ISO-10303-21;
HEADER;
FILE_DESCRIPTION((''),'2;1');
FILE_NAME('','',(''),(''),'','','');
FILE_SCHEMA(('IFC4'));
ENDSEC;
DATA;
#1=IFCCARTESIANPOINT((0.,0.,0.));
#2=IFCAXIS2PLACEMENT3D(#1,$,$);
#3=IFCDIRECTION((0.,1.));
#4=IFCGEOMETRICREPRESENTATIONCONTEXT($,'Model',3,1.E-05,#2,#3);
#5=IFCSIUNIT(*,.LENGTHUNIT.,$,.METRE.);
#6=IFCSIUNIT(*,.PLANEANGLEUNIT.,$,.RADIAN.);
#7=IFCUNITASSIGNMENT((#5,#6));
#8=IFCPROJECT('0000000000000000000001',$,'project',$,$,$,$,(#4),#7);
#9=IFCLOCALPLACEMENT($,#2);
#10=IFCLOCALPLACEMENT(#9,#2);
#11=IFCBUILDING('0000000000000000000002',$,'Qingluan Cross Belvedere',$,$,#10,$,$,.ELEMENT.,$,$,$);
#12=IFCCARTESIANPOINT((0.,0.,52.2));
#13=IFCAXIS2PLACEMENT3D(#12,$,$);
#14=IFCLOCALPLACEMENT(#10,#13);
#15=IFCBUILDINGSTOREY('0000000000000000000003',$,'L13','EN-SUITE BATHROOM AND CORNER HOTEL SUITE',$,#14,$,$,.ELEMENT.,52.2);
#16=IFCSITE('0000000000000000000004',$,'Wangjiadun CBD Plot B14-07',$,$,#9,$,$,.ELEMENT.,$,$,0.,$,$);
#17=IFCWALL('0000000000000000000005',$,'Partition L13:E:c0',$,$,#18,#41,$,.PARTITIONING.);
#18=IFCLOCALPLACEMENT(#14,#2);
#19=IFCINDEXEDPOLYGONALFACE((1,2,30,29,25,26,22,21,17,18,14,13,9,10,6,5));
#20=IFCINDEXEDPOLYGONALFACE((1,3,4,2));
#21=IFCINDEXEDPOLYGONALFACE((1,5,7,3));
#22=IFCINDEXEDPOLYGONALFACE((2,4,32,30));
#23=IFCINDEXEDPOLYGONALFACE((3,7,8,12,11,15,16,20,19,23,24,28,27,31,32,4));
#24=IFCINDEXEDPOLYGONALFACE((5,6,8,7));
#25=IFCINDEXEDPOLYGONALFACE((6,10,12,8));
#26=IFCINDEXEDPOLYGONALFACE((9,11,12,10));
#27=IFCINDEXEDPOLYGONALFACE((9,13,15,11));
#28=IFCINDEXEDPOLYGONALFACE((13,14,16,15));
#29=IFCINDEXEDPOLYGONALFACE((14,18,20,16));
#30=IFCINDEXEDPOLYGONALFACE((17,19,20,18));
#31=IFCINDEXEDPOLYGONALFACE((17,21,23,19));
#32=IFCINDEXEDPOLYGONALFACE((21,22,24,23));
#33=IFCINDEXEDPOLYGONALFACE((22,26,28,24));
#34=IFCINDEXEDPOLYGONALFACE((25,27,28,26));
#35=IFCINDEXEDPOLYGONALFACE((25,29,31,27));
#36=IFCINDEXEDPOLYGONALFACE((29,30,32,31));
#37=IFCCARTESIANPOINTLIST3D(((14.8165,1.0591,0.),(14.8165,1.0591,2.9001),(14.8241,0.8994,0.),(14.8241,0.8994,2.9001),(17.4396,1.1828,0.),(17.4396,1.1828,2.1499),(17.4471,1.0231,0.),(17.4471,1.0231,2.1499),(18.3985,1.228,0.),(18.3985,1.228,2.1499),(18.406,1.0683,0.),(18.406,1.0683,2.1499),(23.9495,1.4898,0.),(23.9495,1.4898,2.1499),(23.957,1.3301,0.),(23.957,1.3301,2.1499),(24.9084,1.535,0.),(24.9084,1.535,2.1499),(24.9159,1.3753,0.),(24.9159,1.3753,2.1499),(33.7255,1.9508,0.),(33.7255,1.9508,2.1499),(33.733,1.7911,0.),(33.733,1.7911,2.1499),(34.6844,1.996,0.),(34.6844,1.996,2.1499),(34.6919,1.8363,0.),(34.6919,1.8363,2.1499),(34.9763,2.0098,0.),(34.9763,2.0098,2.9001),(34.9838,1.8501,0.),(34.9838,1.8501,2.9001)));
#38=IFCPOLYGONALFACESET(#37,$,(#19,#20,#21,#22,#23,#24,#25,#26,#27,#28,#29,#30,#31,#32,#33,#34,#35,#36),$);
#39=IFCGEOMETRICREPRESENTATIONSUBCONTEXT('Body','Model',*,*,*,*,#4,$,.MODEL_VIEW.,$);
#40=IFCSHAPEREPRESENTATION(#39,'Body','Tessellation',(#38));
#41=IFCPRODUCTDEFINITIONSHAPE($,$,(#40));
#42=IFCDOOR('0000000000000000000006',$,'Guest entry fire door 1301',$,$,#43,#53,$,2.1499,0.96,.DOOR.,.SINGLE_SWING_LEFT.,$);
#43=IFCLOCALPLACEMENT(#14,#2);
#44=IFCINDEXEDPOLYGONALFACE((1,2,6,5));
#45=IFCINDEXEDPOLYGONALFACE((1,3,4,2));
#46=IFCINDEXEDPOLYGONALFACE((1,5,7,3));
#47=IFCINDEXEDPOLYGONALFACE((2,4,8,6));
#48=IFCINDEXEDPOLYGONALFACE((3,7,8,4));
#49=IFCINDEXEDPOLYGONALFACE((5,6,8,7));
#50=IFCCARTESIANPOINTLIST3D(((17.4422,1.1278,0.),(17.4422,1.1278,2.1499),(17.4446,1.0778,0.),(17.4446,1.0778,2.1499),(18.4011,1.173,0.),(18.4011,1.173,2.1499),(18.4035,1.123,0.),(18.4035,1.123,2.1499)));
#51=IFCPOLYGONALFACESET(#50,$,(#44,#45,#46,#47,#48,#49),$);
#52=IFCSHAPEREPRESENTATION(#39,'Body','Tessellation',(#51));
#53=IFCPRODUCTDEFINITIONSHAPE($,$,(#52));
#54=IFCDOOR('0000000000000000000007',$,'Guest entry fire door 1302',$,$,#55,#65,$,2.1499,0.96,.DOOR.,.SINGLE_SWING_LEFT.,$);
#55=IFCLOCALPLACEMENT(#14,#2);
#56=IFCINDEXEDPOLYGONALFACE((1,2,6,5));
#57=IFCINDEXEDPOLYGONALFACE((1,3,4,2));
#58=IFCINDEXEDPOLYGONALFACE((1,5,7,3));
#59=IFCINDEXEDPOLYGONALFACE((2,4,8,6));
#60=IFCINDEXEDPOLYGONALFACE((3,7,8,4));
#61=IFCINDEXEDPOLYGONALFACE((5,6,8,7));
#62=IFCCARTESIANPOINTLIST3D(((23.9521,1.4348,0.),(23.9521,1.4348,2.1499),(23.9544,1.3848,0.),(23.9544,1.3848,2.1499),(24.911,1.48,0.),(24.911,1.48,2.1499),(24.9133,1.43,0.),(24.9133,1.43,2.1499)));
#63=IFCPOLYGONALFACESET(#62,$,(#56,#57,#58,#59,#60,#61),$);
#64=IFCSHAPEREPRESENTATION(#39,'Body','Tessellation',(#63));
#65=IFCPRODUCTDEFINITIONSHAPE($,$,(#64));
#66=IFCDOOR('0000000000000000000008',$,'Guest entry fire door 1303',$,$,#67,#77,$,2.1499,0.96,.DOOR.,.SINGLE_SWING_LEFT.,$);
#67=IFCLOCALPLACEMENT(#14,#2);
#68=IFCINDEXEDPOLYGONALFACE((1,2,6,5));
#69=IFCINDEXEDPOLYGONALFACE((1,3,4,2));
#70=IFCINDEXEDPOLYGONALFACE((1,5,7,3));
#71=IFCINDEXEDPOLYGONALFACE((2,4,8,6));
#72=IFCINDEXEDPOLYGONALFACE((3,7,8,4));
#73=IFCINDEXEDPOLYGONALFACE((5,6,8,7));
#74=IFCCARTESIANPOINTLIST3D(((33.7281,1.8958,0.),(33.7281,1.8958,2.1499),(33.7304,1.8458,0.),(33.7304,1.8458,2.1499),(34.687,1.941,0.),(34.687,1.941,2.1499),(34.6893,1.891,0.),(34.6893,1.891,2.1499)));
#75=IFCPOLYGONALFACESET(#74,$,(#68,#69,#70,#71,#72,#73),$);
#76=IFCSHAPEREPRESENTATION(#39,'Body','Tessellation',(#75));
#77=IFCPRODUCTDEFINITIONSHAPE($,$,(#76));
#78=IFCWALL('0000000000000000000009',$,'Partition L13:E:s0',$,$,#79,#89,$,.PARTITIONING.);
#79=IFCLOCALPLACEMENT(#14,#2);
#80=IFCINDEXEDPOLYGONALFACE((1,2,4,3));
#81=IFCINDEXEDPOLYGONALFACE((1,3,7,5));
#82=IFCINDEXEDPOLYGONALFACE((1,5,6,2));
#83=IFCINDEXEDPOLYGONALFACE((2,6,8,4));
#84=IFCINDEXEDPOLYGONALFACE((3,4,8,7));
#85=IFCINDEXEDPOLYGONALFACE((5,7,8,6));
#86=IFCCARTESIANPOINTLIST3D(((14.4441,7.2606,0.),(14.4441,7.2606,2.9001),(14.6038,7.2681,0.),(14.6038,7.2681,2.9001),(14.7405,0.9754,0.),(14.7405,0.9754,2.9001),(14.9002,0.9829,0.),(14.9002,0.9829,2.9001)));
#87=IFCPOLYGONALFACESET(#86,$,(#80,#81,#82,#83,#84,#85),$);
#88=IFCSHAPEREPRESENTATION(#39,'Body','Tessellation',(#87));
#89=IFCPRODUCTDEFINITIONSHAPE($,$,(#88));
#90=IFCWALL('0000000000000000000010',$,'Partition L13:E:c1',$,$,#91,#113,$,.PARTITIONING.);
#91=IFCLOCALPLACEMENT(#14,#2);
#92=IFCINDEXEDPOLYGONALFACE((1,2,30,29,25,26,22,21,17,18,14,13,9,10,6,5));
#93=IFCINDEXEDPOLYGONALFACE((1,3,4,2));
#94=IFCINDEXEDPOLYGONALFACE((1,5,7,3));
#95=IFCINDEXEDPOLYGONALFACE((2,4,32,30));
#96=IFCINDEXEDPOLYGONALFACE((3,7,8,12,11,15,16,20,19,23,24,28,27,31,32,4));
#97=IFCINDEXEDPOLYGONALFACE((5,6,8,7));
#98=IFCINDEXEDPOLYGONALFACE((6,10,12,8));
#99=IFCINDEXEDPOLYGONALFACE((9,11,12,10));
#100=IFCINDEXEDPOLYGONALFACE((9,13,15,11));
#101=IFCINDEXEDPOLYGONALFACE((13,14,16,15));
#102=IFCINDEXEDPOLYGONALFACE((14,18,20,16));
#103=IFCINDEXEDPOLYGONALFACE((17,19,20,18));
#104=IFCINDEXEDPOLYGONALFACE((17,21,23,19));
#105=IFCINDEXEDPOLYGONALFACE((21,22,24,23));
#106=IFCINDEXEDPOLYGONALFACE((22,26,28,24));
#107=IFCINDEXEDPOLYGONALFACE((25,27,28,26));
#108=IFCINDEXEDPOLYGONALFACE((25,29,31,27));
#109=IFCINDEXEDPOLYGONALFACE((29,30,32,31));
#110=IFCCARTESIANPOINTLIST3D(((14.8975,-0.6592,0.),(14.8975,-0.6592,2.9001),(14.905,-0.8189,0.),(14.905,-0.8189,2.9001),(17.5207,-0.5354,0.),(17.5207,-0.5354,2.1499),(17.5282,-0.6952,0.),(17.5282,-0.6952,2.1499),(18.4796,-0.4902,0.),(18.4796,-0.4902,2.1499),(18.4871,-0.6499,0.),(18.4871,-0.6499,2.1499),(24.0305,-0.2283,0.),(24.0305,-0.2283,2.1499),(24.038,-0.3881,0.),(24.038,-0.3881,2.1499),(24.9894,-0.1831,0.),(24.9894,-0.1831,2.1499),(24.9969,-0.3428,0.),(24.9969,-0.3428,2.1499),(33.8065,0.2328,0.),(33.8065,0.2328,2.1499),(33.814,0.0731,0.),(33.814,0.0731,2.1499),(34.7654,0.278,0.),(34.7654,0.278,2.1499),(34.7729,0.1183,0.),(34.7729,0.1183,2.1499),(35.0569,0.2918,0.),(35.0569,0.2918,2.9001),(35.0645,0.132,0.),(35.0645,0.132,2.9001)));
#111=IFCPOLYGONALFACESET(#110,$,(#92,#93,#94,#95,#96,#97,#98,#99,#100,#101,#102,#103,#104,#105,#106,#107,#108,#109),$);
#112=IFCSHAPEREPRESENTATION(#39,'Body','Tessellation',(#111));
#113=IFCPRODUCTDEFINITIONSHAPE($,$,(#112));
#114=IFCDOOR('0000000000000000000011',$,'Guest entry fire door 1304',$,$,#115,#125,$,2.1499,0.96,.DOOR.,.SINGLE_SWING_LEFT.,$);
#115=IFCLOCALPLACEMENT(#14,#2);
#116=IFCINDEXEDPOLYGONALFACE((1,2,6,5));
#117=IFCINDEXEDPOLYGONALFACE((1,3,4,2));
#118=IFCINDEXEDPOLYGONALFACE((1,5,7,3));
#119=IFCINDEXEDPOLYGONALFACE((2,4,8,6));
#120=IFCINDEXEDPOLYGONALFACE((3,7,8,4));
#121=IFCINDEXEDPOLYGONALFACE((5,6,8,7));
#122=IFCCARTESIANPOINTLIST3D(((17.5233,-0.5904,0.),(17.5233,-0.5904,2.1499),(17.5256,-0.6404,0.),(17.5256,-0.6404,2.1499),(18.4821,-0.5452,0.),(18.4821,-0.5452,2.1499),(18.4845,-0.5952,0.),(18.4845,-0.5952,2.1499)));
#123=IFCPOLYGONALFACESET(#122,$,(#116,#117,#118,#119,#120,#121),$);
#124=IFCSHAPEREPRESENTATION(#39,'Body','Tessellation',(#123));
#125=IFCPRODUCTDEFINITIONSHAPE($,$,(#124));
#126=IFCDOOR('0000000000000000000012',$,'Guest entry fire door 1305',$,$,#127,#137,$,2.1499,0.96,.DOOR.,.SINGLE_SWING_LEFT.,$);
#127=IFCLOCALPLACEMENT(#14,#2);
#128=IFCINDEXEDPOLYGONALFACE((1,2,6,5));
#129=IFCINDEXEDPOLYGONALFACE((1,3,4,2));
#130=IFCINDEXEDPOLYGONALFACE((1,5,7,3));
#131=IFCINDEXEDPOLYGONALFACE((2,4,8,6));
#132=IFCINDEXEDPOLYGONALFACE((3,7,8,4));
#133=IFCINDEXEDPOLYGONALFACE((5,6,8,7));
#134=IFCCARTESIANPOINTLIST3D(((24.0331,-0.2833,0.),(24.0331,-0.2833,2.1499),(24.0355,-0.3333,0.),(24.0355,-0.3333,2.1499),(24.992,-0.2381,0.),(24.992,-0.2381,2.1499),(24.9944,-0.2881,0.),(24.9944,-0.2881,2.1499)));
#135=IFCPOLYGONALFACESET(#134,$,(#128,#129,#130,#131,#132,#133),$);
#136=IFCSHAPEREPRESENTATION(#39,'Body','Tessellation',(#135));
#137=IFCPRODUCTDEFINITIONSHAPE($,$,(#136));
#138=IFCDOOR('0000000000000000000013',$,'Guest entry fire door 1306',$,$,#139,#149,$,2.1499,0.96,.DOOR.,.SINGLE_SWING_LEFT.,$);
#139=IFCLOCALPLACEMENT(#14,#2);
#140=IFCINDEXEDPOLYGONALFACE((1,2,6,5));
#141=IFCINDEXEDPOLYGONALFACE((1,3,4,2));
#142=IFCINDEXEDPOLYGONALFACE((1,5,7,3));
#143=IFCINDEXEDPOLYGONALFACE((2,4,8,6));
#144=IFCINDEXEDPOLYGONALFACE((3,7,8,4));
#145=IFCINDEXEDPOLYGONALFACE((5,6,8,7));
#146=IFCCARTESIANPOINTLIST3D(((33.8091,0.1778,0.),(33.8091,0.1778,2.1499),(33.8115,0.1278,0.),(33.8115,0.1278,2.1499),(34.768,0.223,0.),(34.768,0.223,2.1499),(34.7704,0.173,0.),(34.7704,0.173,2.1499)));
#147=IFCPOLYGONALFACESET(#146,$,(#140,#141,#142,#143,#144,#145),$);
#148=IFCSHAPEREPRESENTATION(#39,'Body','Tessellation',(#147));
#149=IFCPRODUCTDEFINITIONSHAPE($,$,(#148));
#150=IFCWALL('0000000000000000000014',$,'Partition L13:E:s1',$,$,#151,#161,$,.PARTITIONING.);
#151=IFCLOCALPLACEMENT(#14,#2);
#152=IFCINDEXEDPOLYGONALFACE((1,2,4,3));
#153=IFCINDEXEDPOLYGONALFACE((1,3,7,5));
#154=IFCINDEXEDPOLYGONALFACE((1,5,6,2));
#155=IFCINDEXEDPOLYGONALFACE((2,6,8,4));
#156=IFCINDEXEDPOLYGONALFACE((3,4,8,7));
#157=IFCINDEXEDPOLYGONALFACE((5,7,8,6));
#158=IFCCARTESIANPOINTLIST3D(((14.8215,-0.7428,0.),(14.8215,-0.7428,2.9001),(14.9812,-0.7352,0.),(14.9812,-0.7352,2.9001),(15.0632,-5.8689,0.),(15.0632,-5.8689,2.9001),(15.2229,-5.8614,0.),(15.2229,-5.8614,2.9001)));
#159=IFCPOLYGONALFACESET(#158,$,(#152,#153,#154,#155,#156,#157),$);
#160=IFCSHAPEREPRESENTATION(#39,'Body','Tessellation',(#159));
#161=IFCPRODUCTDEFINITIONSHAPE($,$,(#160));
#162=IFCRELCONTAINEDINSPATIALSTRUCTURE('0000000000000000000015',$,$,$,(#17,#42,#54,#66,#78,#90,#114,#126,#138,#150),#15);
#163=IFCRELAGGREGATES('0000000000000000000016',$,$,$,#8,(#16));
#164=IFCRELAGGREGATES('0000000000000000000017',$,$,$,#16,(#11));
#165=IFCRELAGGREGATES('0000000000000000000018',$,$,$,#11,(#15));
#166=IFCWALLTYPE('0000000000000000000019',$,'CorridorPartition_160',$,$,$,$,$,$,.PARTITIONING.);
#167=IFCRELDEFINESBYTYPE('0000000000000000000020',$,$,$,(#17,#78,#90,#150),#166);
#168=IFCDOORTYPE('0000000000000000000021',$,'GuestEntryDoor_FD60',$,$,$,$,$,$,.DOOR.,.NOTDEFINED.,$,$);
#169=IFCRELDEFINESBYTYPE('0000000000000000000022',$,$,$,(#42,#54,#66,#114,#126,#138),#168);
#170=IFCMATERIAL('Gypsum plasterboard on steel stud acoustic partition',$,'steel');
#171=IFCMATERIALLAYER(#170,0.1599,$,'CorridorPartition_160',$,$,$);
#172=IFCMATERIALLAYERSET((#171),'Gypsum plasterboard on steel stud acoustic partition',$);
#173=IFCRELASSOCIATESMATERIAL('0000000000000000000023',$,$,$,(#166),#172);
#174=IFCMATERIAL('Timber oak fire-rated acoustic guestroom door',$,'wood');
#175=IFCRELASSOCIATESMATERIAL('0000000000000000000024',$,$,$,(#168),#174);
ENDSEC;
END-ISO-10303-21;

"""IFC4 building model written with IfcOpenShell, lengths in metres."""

from ifc_helpers import new_model, si_unit, direction, frame, frame_2d, origin, place, context, subcontext, project, spatial, rectangle, extrude, material, layer, layer_set, type_object, element, fill, save


model = new_model("IFC4")

# Units and contexts
model_context = context("Model", 3, precision=1e-05, world=origin(), true_north=direction((0.0, 1.0)))
body_context = subcontext(model_context, "Body", "Model", "MODEL_VIEW")
ifc_project = project(units=[si_unit("LENGTHUNIT", "METRE"), si_unit("PLANEANGLEUNIT", "RADIAN")], contexts=[model_context])

# Site, building, storey
site_placement = place(None, origin())
site = spatial("IfcSite", under=ifc_project, at=site_placement, Name="Wangjiadun CBD Plot B14-07", CompositionType="ELEMENT", RefElevation=0.0)
building_placement = place(site_placement, origin())
building = spatial("IfcBuilding", under=site, at=building_placement, Name="Qingluan Cross Belvedere", CompositionType="ELEMENT")
storey_placement = place(building_placement, frame((0.0, 0.0, 52.2)))
storey = spatial("IfcBuildingStorey", under=building, at=storey_placement, Name="L13", Description="EN-SUITE BATHROOM AND CORNER HOTEL SUITE", CompositionType="ELEMENT", Elevation=52.2)

# Shared definitions
ifc_material_1 = material(Name="Gypsum plasterboard on steel stud acoustic partition", Category="steel")
ifc_layer_1 = layer(ifc_material_1, 0.1599, Name="CorridorPartition_160")
ifc_layer_set_1 = layer_set([ifc_layer_1], Name="Gypsum plasterboard on steel stud acoustic partition")
wall_type_1 = type_object("IfcWallType", Name="CorridorPartition_160", PredefinedType="PARTITIONING", material=ifc_layer_set_1)

# Wall, openings, doors
wall_1_placement = place(storey_placement, frame((14.8203, 0.9792, 0.0), z_axis=(0.0, 0.0, 1.0), x_axis=(0.99889, 0.047105, 0.0)))
wall_1 = element("IfcWall", 1, at=wall_1_placement, inside=storey, type_object=wall_type_1, Name="Partition L13:E:c0", PredefinedType="PARTITIONING", context=body_context, shape_type="SweptSolid", body=[
    extrude(rectangle(XDim=20.1821, YDim=0.1599, at=frame_2d((10.0911, 0.0))), origin(), (0.0, 0.0, 1.0), 2.9001),
])
opening_1_placement = place(wall_1_placement, frame((2.626, 0.0, 0.0)))
opening_1 = element("IfcOpeningElement", 2, at=opening_1_placement, cuts=wall_1, PredefinedType="OPENING", context=body_context, shape_type="SweptSolid", body=[
    extrude(rectangle(XDim=0.96, YDim=2.1499, at=frame_2d((0.48, 1.075))), frame((0.0, 0.0898, 0.0), z_axis=(0.0, -1.0, 0.0), x_axis=(1.0, 0.0, 0.0)), (0.0, 0.0, 1.0), 0.1799),
])
opening_2_placement = place(wall_1_placement, frame((9.1431, 0.0, 0.0)))
opening_2 = element("IfcOpeningElement", 3, at=opening_2_placement, cuts=wall_1, PredefinedType="OPENING", context=body_context, shape_type="SweptSolid", body=[
    extrude(rectangle(XDim=0.96, YDim=2.1499, at=frame_2d((0.48, 1.075))), frame((0.0, 0.0898, 0.0), z_axis=(0.0, -1.0, 0.0), x_axis=(1.0, 0.0, 0.0)), (0.0, 0.0, 1.0), 0.1799),
])
opening_3_placement = place(wall_1_placement, frame((18.9299, 0.0, 0.0)))
opening_3 = element("IfcOpeningElement", 4, at=opening_3_placement, cuts=wall_1, PredefinedType="OPENING", context=body_context, shape_type="SweptSolid", body=[
    extrude(rectangle(XDim=0.96, YDim=2.1499, at=frame_2d((0.48, 1.075))), frame((0.0, 0.0898, 0.0), z_axis=(0.0, -1.0, 0.0), x_axis=(1.0, 0.0, 0.0)), (0.0, 0.0, 1.0), 0.1799),
])
ifc_material_2 = material(Name="Timber oak fire-rated acoustic guestroom door", Category="wood")
door_type_1 = type_object("IfcDoorType", Name="GuestEntryDoor_FD60", OperationType="NOTDEFINED", PredefinedType="DOOR", material=ifc_material_2)
door_1_placement = place(opening_1_placement, origin())
door_1 = element("IfcDoor", 5, at=door_1_placement, inside=storey, type_object=door_type_1, Name="Guest entry fire door 1301", OperationType="SINGLE_SWING_LEFT", OverallHeight=2.1499, OverallWidth=0.96, PredefinedType="DOOR", context=body_context, shape_type="SweptSolid", body=[
    extrude(rectangle(XDim=0.96, YDim=2.1499, at=frame_2d((0.48, 1.075))), frame((0.0, 0.0249, 0.0), z_axis=(0.0, -1.0, 0.0), x_axis=(1.0, 0.0, 0.0)), (0.0, 0.0, 1.0), 0.05),
])
fill(opening_1, door_1)
door_2_placement = place(opening_2_placement, origin())
door_2 = element("IfcDoor", 6, at=door_2_placement, inside=storey, type_object=door_type_1, Name="Guest entry fire door 1302", OperationType="SINGLE_SWING_LEFT", OverallHeight=2.1499, OverallWidth=0.96, PredefinedType="DOOR", context=body_context, shape_type="SweptSolid", body=[
    extrude(rectangle(XDim=0.96, YDim=2.1499, at=frame_2d((0.48, 1.075))), frame((0.0, 0.0249, 0.0), z_axis=(0.0, -1.0, 0.0), x_axis=(1.0, 0.0, 0.0)), (0.0, 0.0, 1.0), 0.05),
])
fill(opening_2, door_2)
door_3_placement = place(opening_3_placement, origin())
door_3 = element("IfcDoor", 7, at=door_3_placement, inside=storey, type_object=door_type_1, Name="Guest entry fire door 1303", OperationType="SINGLE_SWING_LEFT", OverallHeight=2.1499, OverallWidth=0.96, PredefinedType="DOOR", context=body_context, shape_type="SweptSolid", body=[
    extrude(rectangle(XDim=0.96, YDim=2.1499, at=frame_2d((0.48, 1.075))), frame((0.0, 0.0249, 0.0), z_axis=(0.0, -1.0, 0.0), x_axis=(1.0, 0.0, 0.0)), (0.0, 0.0, 1.0), 0.05),
])
fill(opening_3, door_3)

# Wall
wall_2_placement = place(storey_placement, frame((14.8203, 0.9792, 0.0), z_axis=(0.0, 0.0, 1.0), x_axis=(-0.047104, 0.99889, 0.0)))
element("IfcWall", 8, at=wall_2_placement, inside=storey, type_object=wall_type_1, Name="Partition L13:E:s0", PredefinedType="PARTITIONING", context=body_context, shape_type="SweptSolid", body=[
    extrude(rectangle(XDim=6.2922, YDim=0.1599, at=frame_2d((3.146, 0.0))), origin(), (0.0, 0.0, 1.0), 2.9001),
])

# Wall, openings, doors
wall_3_placement = place(storey_placement, frame((14.9014, -0.739, 0.0), z_axis=(0.0, 0.0, 1.0), x_axis=(0.998889, 0.047118, 0.0)))
wall_3 = element("IfcWall", 9, at=wall_3_placement, inside=storey, type_object=wall_type_1, Name="Partition L13:E:c1", PredefinedType="PARTITIONING", context=body_context, shape_type="SweptSolid", body=[
    extrude(rectangle(XDim=20.1819, YDim=0.1599, at=frame_2d((10.0908, 0.0))), origin(), (0.0, 0.0, 1.0), 2.9001),
])
opening_4_placement = place(wall_3_placement, frame((2.626, 0.0, 0.0)))
opening_4 = element("IfcOpeningElement", 10, at=opening_4_placement, cuts=wall_3, PredefinedType="OPENING", context=body_context, shape_type="SweptSolid", body=[
    extrude(rectangle(XDim=0.96, YDim=2.1499, at=frame_2d((0.48, 1.075))), frame((0.0, 0.0898, 0.0), z_axis=(0.0, -1.0, 0.0), x_axis=(1.0, 0.0, 0.0)), (0.0, 0.0, 1.0), 0.1799),
])
opening_5_placement = place(wall_3_placement, frame((9.1431, 0.0, 0.0)))
opening_5 = element("IfcOpeningElement", 11, at=opening_5_placement, cuts=wall_3, PredefinedType="OPENING", context=body_context, shape_type="SweptSolid", body=[
    extrude(rectangle(XDim=0.96, YDim=2.1499, at=frame_2d((0.48, 1.075))), frame((0.0, 0.0898, 0.0), z_axis=(0.0, -1.0, 0.0), x_axis=(1.0, 0.0, 0.0)), (0.0, 0.0, 1.0), 0.1799),
])
opening_6_placement = place(wall_3_placement, frame((18.9299, 0.0, 0.0)))
opening_6 = element("IfcOpeningElement", 12, at=opening_6_placement, cuts=wall_3, PredefinedType="OPENING", context=body_context, shape_type="SweptSolid", body=[
    extrude(rectangle(XDim=0.96, YDim=2.1499, at=frame_2d((0.48, 1.075))), frame((0.0, 0.0898, 0.0), z_axis=(0.0, -1.0, 0.0), x_axis=(1.0, 0.0, 0.0)), (0.0, 0.0, 1.0), 0.1799),
])
door_4_placement = place(opening_4_placement, origin())
door_4 = element("IfcDoor", 13, at=door_4_placement, inside=storey, type_object=door_type_1, Name="Guest entry fire door 1304", OperationType="SINGLE_SWING_LEFT", OverallHeight=2.1499, OverallWidth=0.96, PredefinedType="DOOR", context=body_context, shape_type="SweptSolid", body=[
    extrude(rectangle(XDim=0.96, YDim=2.1499, at=frame_2d((0.48, 1.075))), frame((0.0, 0.0249, 0.0), z_axis=(0.0, -1.0, 0.0), x_axis=(1.0, 0.0, 0.0)), (0.0, 0.0, 1.0), 0.05),
])
fill(opening_4, door_4)
door_5_placement = place(opening_5_placement, origin())
door_5 = element("IfcDoor", 14, at=door_5_placement, inside=storey, type_object=door_type_1, Name="Guest entry fire door 1305", OperationType="SINGLE_SWING_LEFT", OverallHeight=2.1499, OverallWidth=0.96, PredefinedType="DOOR", context=body_context, shape_type="SweptSolid", body=[
    extrude(rectangle(XDim=0.96, YDim=2.1499, at=frame_2d((0.48, 1.075))), frame((0.0, 0.0249, 0.0), z_axis=(0.0, -1.0, 0.0), x_axis=(1.0, 0.0, 0.0)), (0.0, 0.0, 1.0), 0.05),
])
fill(opening_5, door_5)
door_6_placement = place(opening_6_placement, origin())
door_6 = element("IfcDoor", 15, at=door_6_placement, inside=storey, type_object=door_type_1, Name="Guest entry fire door 1306", OperationType="SINGLE_SWING_LEFT", OverallHeight=2.1499, OverallWidth=0.96, PredefinedType="DOOR", context=body_context, shape_type="SweptSolid", body=[
    extrude(rectangle(XDim=0.96, YDim=2.1499, at=frame_2d((0.48, 1.075))), frame((0.0, 0.0249, 0.0), z_axis=(0.0, -1.0, 0.0), x_axis=(1.0, 0.0, 0.0)), (0.0, 0.0, 1.0), 0.05),
])
fill(opening_6, door_6)

# Wall
wall_4_placement = place(storey_placement, frame((14.9014, -0.739, 0.0), z_axis=(0.0, 0.0, 1.0), x_axis=(0.047097, -0.99889, 0.0)))
element("IfcWall", 16, at=wall_4_placement, inside=storey, type_object=wall_type_1, Name="Partition L13:E:s1", PredefinedType="PARTITIONING", context=body_context, shape_type="SweptSolid", body=[
    extrude(rectangle(XDim=5.1318, YDim=0.1599, at=frame_2d((2.5659, 0.0))), origin(), (0.0, 0.0, 1.0), 2.9001),
])

save(model, "model.ifc")
